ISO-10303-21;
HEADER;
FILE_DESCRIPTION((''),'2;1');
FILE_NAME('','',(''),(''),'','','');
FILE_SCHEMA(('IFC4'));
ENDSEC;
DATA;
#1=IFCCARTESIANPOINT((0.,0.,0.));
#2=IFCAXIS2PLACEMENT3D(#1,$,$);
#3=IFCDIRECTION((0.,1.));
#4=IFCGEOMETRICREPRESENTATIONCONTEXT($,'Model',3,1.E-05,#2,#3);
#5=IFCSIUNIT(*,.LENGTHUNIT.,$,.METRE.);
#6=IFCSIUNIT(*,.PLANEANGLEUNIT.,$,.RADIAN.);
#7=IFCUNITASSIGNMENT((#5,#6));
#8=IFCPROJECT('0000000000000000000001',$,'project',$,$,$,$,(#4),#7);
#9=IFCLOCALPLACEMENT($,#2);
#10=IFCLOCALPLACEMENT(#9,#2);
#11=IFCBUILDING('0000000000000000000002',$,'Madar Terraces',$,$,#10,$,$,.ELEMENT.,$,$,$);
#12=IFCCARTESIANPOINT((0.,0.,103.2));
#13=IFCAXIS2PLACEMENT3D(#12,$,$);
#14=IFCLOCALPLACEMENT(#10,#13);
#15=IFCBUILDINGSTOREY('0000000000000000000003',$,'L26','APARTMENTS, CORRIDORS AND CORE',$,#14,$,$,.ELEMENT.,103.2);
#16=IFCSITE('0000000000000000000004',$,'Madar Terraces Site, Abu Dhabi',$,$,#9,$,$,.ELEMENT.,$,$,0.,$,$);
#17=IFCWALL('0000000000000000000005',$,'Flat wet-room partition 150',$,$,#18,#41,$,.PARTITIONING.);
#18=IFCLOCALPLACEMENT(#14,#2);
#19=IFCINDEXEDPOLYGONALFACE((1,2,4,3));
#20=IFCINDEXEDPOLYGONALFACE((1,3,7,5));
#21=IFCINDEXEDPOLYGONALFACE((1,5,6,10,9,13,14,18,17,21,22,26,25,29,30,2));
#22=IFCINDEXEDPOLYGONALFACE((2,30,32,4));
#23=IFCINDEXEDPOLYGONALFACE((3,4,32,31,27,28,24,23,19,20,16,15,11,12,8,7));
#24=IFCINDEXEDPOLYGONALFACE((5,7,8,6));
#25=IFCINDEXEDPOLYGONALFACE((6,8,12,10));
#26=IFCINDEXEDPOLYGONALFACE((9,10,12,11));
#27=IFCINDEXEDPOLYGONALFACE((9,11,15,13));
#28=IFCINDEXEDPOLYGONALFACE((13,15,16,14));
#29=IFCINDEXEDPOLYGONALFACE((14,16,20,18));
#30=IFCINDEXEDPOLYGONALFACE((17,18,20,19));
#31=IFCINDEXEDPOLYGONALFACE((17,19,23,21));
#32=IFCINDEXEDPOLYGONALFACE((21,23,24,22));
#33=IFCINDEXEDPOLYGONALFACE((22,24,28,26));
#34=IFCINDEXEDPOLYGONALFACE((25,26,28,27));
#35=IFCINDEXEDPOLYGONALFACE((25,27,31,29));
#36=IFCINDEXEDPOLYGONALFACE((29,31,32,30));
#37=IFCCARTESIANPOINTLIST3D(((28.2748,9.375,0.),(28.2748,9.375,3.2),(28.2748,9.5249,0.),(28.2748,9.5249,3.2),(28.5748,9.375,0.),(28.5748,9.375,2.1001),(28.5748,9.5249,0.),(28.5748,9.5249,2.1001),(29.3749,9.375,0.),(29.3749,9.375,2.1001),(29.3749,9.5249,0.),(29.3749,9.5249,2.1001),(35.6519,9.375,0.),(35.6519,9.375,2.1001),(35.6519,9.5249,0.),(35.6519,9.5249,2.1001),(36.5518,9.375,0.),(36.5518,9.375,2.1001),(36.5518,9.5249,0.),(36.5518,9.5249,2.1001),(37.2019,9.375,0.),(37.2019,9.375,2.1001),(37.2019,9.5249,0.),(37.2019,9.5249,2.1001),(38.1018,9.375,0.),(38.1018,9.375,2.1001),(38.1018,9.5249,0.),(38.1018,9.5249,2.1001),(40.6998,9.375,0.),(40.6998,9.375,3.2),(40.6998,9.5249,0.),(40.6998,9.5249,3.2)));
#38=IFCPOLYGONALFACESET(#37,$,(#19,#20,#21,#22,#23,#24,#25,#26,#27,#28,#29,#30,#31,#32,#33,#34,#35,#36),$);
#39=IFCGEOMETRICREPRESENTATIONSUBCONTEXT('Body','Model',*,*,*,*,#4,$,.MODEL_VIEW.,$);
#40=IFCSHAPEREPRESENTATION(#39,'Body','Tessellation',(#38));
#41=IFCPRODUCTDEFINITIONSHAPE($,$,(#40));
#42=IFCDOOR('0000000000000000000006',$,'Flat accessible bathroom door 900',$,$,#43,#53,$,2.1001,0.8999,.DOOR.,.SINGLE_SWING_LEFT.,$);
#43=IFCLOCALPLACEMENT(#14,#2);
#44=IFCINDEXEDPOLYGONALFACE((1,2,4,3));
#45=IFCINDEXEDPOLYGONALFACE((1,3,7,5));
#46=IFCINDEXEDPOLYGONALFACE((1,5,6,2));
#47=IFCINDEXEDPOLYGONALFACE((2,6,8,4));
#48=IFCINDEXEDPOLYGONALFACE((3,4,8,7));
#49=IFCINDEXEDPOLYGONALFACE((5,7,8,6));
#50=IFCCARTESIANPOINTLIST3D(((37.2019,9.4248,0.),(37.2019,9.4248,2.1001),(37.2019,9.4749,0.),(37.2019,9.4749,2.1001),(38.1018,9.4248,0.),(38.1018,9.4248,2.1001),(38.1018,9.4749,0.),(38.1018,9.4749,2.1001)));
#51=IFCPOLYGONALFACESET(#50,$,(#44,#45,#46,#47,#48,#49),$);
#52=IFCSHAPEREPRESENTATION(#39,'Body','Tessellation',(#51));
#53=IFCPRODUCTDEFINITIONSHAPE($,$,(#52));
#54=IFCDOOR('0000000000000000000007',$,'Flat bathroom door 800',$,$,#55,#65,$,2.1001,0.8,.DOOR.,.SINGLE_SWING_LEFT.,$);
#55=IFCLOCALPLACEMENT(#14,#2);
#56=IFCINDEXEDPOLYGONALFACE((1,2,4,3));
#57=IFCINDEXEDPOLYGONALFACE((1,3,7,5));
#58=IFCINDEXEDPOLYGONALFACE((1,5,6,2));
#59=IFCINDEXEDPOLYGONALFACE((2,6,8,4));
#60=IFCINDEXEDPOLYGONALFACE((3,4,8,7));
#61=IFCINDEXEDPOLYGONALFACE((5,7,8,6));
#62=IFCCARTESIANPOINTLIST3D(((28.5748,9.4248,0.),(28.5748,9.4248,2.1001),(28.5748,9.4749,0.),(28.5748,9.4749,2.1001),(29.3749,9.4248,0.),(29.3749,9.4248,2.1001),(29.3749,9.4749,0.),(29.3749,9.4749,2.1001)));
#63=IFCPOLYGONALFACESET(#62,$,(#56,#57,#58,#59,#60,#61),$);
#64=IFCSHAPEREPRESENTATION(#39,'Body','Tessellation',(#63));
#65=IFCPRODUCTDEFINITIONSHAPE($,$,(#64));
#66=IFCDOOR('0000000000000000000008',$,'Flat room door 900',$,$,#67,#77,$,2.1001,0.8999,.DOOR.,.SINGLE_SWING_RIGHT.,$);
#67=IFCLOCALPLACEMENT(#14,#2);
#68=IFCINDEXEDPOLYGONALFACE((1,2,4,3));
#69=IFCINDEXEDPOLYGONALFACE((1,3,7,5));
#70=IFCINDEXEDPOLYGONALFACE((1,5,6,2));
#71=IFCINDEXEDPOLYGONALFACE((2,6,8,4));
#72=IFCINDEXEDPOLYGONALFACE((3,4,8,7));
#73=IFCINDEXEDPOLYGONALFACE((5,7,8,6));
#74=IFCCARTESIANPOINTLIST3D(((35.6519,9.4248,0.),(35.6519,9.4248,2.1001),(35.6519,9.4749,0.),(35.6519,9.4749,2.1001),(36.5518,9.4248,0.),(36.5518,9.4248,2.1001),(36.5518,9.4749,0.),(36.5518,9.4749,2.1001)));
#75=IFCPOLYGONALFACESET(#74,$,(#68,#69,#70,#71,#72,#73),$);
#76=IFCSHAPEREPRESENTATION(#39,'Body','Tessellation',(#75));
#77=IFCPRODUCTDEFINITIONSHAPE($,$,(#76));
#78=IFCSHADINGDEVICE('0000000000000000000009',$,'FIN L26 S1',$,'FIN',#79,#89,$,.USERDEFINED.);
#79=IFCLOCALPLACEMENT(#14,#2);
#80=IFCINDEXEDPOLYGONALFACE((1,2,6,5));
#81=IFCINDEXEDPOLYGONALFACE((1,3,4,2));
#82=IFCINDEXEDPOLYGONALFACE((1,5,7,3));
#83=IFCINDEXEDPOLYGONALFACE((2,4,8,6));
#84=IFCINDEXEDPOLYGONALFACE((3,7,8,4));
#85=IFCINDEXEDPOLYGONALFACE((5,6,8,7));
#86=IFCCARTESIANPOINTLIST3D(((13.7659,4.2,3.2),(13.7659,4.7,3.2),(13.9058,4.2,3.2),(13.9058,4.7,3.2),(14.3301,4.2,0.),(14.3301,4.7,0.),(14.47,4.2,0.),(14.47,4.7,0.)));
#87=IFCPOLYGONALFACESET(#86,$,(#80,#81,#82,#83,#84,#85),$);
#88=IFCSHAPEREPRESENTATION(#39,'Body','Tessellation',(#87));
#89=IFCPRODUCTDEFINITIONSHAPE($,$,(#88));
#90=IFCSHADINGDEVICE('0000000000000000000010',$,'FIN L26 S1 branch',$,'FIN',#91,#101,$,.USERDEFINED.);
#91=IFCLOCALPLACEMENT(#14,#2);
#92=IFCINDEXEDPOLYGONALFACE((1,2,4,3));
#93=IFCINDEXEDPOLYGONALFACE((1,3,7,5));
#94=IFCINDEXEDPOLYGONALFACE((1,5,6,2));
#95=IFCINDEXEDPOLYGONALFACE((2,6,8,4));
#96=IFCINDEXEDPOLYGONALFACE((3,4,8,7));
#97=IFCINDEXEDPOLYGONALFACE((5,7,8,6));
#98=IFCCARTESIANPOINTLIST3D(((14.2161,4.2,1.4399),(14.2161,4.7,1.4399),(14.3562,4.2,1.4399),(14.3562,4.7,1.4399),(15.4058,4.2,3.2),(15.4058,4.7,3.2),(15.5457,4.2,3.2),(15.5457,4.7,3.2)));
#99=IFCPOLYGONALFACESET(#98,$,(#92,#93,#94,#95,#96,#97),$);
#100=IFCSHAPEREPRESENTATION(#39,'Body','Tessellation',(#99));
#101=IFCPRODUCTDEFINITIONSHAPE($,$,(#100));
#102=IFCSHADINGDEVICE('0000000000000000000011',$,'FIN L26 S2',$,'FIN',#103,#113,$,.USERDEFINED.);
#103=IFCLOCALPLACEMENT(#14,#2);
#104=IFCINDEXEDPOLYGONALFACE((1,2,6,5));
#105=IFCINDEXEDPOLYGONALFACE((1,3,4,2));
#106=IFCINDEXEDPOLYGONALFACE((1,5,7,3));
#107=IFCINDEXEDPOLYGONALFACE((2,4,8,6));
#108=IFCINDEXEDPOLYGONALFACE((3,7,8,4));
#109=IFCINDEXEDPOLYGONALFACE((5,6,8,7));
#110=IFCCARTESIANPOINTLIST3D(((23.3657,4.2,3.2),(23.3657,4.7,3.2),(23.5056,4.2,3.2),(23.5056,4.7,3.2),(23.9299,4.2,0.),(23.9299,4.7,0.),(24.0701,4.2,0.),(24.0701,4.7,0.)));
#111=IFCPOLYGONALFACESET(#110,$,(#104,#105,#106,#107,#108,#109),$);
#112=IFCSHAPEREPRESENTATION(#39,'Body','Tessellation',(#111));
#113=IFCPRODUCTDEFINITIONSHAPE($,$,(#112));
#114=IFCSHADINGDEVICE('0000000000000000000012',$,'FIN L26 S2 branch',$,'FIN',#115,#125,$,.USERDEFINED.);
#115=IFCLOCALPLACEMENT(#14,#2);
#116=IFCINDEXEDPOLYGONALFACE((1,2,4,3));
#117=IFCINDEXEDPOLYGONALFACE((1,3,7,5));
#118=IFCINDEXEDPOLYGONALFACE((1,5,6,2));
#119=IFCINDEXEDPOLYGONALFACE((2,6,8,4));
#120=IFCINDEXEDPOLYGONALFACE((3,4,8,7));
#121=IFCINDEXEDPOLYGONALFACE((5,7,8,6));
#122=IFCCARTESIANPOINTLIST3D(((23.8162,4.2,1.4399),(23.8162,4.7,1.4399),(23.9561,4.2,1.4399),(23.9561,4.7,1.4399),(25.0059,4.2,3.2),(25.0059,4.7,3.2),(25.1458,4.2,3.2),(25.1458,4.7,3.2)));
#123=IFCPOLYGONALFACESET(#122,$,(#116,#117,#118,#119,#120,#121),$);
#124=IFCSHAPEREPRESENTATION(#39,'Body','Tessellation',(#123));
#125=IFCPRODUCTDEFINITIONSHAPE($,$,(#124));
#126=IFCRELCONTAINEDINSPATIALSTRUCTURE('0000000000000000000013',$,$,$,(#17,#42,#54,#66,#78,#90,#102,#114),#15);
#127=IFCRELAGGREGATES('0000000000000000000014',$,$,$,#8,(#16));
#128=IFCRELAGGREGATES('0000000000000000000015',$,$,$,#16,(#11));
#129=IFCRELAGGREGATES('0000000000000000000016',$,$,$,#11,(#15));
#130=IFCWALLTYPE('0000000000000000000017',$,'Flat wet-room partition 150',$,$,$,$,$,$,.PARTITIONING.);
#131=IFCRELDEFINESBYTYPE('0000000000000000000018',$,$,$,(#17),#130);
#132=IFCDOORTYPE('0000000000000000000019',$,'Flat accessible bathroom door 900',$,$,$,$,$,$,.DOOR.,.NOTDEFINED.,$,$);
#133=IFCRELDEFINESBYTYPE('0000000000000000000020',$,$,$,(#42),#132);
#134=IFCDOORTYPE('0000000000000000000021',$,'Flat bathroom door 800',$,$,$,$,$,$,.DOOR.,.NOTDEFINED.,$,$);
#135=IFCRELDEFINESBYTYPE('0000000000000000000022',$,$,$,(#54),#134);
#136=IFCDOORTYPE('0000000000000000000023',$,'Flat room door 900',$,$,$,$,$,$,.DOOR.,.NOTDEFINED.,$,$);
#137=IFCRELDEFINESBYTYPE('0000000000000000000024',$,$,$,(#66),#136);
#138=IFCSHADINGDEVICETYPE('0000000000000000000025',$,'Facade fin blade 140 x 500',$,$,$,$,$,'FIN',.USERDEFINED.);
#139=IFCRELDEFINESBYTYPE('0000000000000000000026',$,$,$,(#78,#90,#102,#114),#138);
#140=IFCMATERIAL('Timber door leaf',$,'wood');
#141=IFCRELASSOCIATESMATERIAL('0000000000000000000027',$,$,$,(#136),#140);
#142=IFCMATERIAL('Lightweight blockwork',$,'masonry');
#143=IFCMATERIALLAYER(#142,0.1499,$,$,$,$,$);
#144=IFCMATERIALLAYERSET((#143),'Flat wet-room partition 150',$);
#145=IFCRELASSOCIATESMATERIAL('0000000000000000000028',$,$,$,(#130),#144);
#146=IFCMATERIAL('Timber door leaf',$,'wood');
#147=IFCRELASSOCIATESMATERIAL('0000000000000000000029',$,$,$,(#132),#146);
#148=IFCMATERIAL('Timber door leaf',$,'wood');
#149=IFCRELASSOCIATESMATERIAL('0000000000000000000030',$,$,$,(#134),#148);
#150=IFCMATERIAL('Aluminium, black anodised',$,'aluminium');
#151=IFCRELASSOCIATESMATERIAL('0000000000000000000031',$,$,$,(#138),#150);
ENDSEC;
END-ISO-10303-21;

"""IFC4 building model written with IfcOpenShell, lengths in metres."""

from ifc_helpers import new_model, si_unit, direction, frame, frame_2d, origin, place, context, subcontext, project, spatial, polyline, rectangle, outline, extrude, material, layer, layer_set, type_object, element, fill, save


model = new_model("IFC4")

# Units and contexts
model_context = context("Model", 3, precision=1e-05, world=origin(), true_north=direction((0.0, 1.0)))
body_context = subcontext(model_context, "Body", "Model", "MODEL_VIEW")
ifc_project = project(units=[si_unit("LENGTHUNIT", "METRE"), si_unit("PLANEANGLEUNIT", "RADIAN")], contexts=[model_context])

# Site, building, storey
site_placement = place(None, origin())
site = spatial("IfcSite", under=ifc_project, at=site_placement, Name="Madar Terraces Site, Abu Dhabi", CompositionType="ELEMENT", RefElevation=0.0)
building_placement = place(site_placement, origin())
building = spatial("IfcBuilding", under=site, at=building_placement, Name="Madar Terraces", CompositionType="ELEMENT")
storey_placement = place(building_placement, frame((0.0, 0.0, 103.2)))
storey = spatial("IfcBuildingStorey", under=building, at=storey_placement, Name="L26", Description="APARTMENTS, CORRIDORS AND CORE", CompositionType="ELEMENT", Elevation=103.2)

# Shared definitions
ifc_material_1 = material(Name="Timber door leaf", Category="wood")
door_type_1 = type_object("IfcDoorType", Name="Flat room door 900", OperationType="NOTDEFINED", PredefinedType="DOOR", material=ifc_material_1)

# Shared definitions
ifc_material_2 = material(Name="Lightweight blockwork", Category="masonry")
ifc_layer_1 = layer(ifc_material_2, 0.1499)
ifc_layer_set_1 = layer_set([ifc_layer_1], Name="Flat wet-room partition 150")
wall_type_1 = type_object("IfcWallType", Name="Flat wet-room partition 150", PredefinedType="PARTITIONING", material=ifc_layer_set_1)

# Wall, openings, doors
wall_1_placement = place(storey_placement, frame((28.2749, 9.45, 0.0), z_axis=(0.0, 0.0, 1.0), x_axis=(1.0, 0.0, 0.0)))
wall_1 = element("IfcWall", 1, at=wall_1_placement, inside=storey, type_object=wall_type_1, Name="Flat wet-room partition 150", PredefinedType="PARTITIONING", context=body_context, shape_type="SweptSolid", body=[
    extrude(rectangle(XDim=12.425, YDim=0.1499, at=frame_2d((6.2124, 0.0))), origin(), (0.0, 0.0, 1.0), 3.2),
])
opening_1_placement = place(wall_1_placement, frame((0.3, 0.0, 0.0)))
opening_1 = element("IfcOpeningElement", 2, at=opening_1_placement, cuts=wall_1, PredefinedType="OPENING", context=body_context, shape_type="SweptSolid", body=[
    extrude(rectangle(XDim=0.8, YDim=2.1001, at=frame_2d((0.3999, 1.05))), frame((0.0, 0.085, 0.0), z_axis=(0.0, -1.0, 0.0), x_axis=(1.0, 0.0, 0.0)), (0.0, 0.0, 1.0), 0.1699),
])
opening_2_placement = place(wall_1_placement, frame((7.377, 0.0, 0.0)))
opening_2 = element("IfcOpeningElement", 3, at=opening_2_placement, cuts=wall_1, PredefinedType="OPENING", context=body_context, shape_type="SweptSolid", body=[
    extrude(rectangle(XDim=0.8999, YDim=2.1001, at=frame_2d((0.45, 1.05))), frame((0.0, 0.085, 0.0), z_axis=(0.0, -1.0, 0.0), x_axis=(1.0, 0.0, 0.0)), (0.0, 0.0, 1.0), 0.1699),
])
opening_3_placement = place(wall_1_placement, frame((8.927, 0.0, 0.0)))
opening_3 = element("IfcOpeningElement", 4, at=opening_3_placement, cuts=wall_1, PredefinedType="OPENING", context=body_context, shape_type="SweptSolid", body=[
    extrude(rectangle(XDim=0.8999, YDim=2.1001, at=frame_2d((0.45, 1.05))), frame((0.0, 0.085, 0.0), z_axis=(0.0, -1.0, 0.0), x_axis=(1.0, 0.0, 0.0)), (0.0, 0.0, 1.0), 0.1699),
])
ifc_material_3 = material(Name="Timber door leaf", Category="wood")
door_type_2 = type_object("IfcDoorType", Name="Flat accessible bathroom door 900", OperationType="NOTDEFINED", PredefinedType="DOOR", material=ifc_material_3)
door_1_placement = place(opening_3_placement, origin())
door_1 = element("IfcDoor", 5, at=door_1_placement, inside=storey, type_object=door_type_2, Name="Flat accessible bathroom door 900", OperationType="SINGLE_SWING_LEFT", OverallHeight=2.1001, OverallWidth=0.8999, PredefinedType="DOOR", context=body_context, shape_type="SweptSolid", body=[
    extrude(rectangle(XDim=0.8999, YDim=2.1001, at=frame_2d((0.45, 1.05))), frame((0.0, 0.0249, 0.0), z_axis=(0.0, -1.0, 0.0), x_axis=(1.0, 0.0, 0.0)), (0.0, 0.0, 1.0), 0.05),
])
fill(opening_3, door_1)
ifc_material_4 = material(Name="Timber door leaf", Category="wood")
door_type_3 = type_object("IfcDoorType", Name="Flat bathroom door 800", OperationType="NOTDEFINED", PredefinedType="DOOR", material=ifc_material_4)
door_2_placement = place(opening_1_placement, origin())
door_2 = element("IfcDoor", 6, at=door_2_placement, inside=storey, type_object=door_type_3, Name="Flat bathroom door 800", OperationType="SINGLE_SWING_LEFT", OverallHeight=2.1001, OverallWidth=0.8, PredefinedType="DOOR", context=body_context, shape_type="SweptSolid", body=[
    extrude(rectangle(XDim=0.8, YDim=2.1001, at=frame_2d((0.3999, 1.05))), frame((0.0, 0.0249, 0.0), z_axis=(0.0, -1.0, 0.0), x_axis=(1.0, 0.0, 0.0)), (0.0, 0.0, 1.0), 0.05),
])
fill(opening_1, door_2)
door_3_placement = place(opening_2_placement, origin())
door_3 = element("IfcDoor", 7, at=door_3_placement, inside=storey, type_object=door_type_1, Name="Flat room door 900", OperationType="SINGLE_SWING_RIGHT", OverallHeight=2.1001, OverallWidth=0.8999, PredefinedType="DOOR", context=body_context, shape_type="SweptSolid", body=[
    extrude(rectangle(XDim=0.8999, YDim=2.1001, at=frame_2d((0.45, 1.05))), frame((0.0, 0.0249, 0.0), z_axis=(0.0, -1.0, 0.0), x_axis=(1.0, 0.0, 0.0)), (0.0, 0.0, 1.0), 0.05),
])
fill(opening_2, door_3)

# Shading devices
ifc_material_5 = material(Name="Aluminium, black anodised", Category="aluminium")
shading_device_type = type_object("IfcShadingDeviceType", Name="Facade fin blade 140 x 500", ElementType="FIN", PredefinedType="USERDEFINED", material=ifc_material_5)
shading_device_1_placement = place(storey_placement, frame((14.3301, 4.45, 0.0), z_axis=(0.0, 0.0, 1.0), x_axis=(1.0, 0.0, 0.0)))
element("IfcShadingDevice", 8, at=shading_device_1_placement, inside=storey, type_object=shading_device_type, Name="FIN L26 S1", ObjectType="FIN", PredefinedType="USERDEFINED", context=body_context, shape_type="SweptSolid", body=[
    extrude(outline(polyline([(0.0, 0.0), (0.1399, 0.0), (-0.4243, 3.2), (-0.5642, 3.2), (0.0, 0.0)])), frame((0.0, 0.25, 0.0), z_axis=(0.0, -1.0, 0.0), x_axis=(1.0, 0.0, 0.0)), (0.0, 0.0, 1.0), 0.5),
])
shading_device_2_placement = place(storey_placement, frame((14.2161, 4.45, 1.4399), z_axis=(0.0, 0.0, 1.0), x_axis=(1.0, 0.0, 0.0)))
element("IfcShadingDevice", 9, at=shading_device_2_placement, inside=storey, type_object=shading_device_type, Name="FIN L26 S1 branch", ObjectType="FIN", PredefinedType="USERDEFINED", context=body_context, shape_type="SweptSolid", body=[
    extrude(outline(polyline([(0.0, 0.0), (0.1401, 0.0), (1.3296, 1.76), (1.1897, 1.76), (0.0, 0.0)])), frame((0.0, 0.25, 0.0), z_axis=(0.0, -1.0, 0.0), x_axis=(1.0, 0.0, 0.0)), (0.0, 0.0, 1.0), 0.5),
])
shading_device_3_placement = place(storey_placement, frame((23.9299, 4.45, 0.0), z_axis=(0.0, 0.0, 1.0), x_axis=(1.0, 0.0, 0.0)))
element("IfcShadingDevice", 10, at=shading_device_3_placement, inside=storey, type_object=shading_device_type, Name="FIN L26 S2", ObjectType="FIN", PredefinedType="USERDEFINED", context=body_context, shape_type="SweptSolid", body=[
    extrude(outline(polyline([(0.0, 0.0), (0.1401, 0.0), (-0.4243, 3.2), (-0.5642, 3.2), (0.0, 0.0)])), frame((0.0, 0.25, 0.0), z_axis=(0.0, -1.0, 0.0), x_axis=(1.0, 0.0, 0.0)), (0.0, 0.0, 1.0), 0.5),
])
shading_device_4_placement = place(storey_placement, frame((23.8162, 4.45, 1.4399), z_axis=(0.0, 0.0, 1.0), x_axis=(1.0, 0.0, 0.0)))
element("IfcShadingDevice", 11, at=shading_device_4_placement, inside=storey, type_object=shading_device_type, Name="FIN L26 S2 branch", ObjectType="FIN", PredefinedType="USERDEFINED", context=body_context, shape_type="SweptSolid", body=[
    extrude(outline(polyline([(0.0, 0.0), (0.1399, 0.0), (1.3296, 1.76), (1.1897, 1.76), (0.0, 0.0)])), frame((0.0, 0.25, 0.0), z_axis=(0.0, -1.0, 0.0), x_axis=(1.0, 0.0, 0.0)), (0.0, 0.0, 1.0), 0.5),
])

save(model, "model.ifc")
